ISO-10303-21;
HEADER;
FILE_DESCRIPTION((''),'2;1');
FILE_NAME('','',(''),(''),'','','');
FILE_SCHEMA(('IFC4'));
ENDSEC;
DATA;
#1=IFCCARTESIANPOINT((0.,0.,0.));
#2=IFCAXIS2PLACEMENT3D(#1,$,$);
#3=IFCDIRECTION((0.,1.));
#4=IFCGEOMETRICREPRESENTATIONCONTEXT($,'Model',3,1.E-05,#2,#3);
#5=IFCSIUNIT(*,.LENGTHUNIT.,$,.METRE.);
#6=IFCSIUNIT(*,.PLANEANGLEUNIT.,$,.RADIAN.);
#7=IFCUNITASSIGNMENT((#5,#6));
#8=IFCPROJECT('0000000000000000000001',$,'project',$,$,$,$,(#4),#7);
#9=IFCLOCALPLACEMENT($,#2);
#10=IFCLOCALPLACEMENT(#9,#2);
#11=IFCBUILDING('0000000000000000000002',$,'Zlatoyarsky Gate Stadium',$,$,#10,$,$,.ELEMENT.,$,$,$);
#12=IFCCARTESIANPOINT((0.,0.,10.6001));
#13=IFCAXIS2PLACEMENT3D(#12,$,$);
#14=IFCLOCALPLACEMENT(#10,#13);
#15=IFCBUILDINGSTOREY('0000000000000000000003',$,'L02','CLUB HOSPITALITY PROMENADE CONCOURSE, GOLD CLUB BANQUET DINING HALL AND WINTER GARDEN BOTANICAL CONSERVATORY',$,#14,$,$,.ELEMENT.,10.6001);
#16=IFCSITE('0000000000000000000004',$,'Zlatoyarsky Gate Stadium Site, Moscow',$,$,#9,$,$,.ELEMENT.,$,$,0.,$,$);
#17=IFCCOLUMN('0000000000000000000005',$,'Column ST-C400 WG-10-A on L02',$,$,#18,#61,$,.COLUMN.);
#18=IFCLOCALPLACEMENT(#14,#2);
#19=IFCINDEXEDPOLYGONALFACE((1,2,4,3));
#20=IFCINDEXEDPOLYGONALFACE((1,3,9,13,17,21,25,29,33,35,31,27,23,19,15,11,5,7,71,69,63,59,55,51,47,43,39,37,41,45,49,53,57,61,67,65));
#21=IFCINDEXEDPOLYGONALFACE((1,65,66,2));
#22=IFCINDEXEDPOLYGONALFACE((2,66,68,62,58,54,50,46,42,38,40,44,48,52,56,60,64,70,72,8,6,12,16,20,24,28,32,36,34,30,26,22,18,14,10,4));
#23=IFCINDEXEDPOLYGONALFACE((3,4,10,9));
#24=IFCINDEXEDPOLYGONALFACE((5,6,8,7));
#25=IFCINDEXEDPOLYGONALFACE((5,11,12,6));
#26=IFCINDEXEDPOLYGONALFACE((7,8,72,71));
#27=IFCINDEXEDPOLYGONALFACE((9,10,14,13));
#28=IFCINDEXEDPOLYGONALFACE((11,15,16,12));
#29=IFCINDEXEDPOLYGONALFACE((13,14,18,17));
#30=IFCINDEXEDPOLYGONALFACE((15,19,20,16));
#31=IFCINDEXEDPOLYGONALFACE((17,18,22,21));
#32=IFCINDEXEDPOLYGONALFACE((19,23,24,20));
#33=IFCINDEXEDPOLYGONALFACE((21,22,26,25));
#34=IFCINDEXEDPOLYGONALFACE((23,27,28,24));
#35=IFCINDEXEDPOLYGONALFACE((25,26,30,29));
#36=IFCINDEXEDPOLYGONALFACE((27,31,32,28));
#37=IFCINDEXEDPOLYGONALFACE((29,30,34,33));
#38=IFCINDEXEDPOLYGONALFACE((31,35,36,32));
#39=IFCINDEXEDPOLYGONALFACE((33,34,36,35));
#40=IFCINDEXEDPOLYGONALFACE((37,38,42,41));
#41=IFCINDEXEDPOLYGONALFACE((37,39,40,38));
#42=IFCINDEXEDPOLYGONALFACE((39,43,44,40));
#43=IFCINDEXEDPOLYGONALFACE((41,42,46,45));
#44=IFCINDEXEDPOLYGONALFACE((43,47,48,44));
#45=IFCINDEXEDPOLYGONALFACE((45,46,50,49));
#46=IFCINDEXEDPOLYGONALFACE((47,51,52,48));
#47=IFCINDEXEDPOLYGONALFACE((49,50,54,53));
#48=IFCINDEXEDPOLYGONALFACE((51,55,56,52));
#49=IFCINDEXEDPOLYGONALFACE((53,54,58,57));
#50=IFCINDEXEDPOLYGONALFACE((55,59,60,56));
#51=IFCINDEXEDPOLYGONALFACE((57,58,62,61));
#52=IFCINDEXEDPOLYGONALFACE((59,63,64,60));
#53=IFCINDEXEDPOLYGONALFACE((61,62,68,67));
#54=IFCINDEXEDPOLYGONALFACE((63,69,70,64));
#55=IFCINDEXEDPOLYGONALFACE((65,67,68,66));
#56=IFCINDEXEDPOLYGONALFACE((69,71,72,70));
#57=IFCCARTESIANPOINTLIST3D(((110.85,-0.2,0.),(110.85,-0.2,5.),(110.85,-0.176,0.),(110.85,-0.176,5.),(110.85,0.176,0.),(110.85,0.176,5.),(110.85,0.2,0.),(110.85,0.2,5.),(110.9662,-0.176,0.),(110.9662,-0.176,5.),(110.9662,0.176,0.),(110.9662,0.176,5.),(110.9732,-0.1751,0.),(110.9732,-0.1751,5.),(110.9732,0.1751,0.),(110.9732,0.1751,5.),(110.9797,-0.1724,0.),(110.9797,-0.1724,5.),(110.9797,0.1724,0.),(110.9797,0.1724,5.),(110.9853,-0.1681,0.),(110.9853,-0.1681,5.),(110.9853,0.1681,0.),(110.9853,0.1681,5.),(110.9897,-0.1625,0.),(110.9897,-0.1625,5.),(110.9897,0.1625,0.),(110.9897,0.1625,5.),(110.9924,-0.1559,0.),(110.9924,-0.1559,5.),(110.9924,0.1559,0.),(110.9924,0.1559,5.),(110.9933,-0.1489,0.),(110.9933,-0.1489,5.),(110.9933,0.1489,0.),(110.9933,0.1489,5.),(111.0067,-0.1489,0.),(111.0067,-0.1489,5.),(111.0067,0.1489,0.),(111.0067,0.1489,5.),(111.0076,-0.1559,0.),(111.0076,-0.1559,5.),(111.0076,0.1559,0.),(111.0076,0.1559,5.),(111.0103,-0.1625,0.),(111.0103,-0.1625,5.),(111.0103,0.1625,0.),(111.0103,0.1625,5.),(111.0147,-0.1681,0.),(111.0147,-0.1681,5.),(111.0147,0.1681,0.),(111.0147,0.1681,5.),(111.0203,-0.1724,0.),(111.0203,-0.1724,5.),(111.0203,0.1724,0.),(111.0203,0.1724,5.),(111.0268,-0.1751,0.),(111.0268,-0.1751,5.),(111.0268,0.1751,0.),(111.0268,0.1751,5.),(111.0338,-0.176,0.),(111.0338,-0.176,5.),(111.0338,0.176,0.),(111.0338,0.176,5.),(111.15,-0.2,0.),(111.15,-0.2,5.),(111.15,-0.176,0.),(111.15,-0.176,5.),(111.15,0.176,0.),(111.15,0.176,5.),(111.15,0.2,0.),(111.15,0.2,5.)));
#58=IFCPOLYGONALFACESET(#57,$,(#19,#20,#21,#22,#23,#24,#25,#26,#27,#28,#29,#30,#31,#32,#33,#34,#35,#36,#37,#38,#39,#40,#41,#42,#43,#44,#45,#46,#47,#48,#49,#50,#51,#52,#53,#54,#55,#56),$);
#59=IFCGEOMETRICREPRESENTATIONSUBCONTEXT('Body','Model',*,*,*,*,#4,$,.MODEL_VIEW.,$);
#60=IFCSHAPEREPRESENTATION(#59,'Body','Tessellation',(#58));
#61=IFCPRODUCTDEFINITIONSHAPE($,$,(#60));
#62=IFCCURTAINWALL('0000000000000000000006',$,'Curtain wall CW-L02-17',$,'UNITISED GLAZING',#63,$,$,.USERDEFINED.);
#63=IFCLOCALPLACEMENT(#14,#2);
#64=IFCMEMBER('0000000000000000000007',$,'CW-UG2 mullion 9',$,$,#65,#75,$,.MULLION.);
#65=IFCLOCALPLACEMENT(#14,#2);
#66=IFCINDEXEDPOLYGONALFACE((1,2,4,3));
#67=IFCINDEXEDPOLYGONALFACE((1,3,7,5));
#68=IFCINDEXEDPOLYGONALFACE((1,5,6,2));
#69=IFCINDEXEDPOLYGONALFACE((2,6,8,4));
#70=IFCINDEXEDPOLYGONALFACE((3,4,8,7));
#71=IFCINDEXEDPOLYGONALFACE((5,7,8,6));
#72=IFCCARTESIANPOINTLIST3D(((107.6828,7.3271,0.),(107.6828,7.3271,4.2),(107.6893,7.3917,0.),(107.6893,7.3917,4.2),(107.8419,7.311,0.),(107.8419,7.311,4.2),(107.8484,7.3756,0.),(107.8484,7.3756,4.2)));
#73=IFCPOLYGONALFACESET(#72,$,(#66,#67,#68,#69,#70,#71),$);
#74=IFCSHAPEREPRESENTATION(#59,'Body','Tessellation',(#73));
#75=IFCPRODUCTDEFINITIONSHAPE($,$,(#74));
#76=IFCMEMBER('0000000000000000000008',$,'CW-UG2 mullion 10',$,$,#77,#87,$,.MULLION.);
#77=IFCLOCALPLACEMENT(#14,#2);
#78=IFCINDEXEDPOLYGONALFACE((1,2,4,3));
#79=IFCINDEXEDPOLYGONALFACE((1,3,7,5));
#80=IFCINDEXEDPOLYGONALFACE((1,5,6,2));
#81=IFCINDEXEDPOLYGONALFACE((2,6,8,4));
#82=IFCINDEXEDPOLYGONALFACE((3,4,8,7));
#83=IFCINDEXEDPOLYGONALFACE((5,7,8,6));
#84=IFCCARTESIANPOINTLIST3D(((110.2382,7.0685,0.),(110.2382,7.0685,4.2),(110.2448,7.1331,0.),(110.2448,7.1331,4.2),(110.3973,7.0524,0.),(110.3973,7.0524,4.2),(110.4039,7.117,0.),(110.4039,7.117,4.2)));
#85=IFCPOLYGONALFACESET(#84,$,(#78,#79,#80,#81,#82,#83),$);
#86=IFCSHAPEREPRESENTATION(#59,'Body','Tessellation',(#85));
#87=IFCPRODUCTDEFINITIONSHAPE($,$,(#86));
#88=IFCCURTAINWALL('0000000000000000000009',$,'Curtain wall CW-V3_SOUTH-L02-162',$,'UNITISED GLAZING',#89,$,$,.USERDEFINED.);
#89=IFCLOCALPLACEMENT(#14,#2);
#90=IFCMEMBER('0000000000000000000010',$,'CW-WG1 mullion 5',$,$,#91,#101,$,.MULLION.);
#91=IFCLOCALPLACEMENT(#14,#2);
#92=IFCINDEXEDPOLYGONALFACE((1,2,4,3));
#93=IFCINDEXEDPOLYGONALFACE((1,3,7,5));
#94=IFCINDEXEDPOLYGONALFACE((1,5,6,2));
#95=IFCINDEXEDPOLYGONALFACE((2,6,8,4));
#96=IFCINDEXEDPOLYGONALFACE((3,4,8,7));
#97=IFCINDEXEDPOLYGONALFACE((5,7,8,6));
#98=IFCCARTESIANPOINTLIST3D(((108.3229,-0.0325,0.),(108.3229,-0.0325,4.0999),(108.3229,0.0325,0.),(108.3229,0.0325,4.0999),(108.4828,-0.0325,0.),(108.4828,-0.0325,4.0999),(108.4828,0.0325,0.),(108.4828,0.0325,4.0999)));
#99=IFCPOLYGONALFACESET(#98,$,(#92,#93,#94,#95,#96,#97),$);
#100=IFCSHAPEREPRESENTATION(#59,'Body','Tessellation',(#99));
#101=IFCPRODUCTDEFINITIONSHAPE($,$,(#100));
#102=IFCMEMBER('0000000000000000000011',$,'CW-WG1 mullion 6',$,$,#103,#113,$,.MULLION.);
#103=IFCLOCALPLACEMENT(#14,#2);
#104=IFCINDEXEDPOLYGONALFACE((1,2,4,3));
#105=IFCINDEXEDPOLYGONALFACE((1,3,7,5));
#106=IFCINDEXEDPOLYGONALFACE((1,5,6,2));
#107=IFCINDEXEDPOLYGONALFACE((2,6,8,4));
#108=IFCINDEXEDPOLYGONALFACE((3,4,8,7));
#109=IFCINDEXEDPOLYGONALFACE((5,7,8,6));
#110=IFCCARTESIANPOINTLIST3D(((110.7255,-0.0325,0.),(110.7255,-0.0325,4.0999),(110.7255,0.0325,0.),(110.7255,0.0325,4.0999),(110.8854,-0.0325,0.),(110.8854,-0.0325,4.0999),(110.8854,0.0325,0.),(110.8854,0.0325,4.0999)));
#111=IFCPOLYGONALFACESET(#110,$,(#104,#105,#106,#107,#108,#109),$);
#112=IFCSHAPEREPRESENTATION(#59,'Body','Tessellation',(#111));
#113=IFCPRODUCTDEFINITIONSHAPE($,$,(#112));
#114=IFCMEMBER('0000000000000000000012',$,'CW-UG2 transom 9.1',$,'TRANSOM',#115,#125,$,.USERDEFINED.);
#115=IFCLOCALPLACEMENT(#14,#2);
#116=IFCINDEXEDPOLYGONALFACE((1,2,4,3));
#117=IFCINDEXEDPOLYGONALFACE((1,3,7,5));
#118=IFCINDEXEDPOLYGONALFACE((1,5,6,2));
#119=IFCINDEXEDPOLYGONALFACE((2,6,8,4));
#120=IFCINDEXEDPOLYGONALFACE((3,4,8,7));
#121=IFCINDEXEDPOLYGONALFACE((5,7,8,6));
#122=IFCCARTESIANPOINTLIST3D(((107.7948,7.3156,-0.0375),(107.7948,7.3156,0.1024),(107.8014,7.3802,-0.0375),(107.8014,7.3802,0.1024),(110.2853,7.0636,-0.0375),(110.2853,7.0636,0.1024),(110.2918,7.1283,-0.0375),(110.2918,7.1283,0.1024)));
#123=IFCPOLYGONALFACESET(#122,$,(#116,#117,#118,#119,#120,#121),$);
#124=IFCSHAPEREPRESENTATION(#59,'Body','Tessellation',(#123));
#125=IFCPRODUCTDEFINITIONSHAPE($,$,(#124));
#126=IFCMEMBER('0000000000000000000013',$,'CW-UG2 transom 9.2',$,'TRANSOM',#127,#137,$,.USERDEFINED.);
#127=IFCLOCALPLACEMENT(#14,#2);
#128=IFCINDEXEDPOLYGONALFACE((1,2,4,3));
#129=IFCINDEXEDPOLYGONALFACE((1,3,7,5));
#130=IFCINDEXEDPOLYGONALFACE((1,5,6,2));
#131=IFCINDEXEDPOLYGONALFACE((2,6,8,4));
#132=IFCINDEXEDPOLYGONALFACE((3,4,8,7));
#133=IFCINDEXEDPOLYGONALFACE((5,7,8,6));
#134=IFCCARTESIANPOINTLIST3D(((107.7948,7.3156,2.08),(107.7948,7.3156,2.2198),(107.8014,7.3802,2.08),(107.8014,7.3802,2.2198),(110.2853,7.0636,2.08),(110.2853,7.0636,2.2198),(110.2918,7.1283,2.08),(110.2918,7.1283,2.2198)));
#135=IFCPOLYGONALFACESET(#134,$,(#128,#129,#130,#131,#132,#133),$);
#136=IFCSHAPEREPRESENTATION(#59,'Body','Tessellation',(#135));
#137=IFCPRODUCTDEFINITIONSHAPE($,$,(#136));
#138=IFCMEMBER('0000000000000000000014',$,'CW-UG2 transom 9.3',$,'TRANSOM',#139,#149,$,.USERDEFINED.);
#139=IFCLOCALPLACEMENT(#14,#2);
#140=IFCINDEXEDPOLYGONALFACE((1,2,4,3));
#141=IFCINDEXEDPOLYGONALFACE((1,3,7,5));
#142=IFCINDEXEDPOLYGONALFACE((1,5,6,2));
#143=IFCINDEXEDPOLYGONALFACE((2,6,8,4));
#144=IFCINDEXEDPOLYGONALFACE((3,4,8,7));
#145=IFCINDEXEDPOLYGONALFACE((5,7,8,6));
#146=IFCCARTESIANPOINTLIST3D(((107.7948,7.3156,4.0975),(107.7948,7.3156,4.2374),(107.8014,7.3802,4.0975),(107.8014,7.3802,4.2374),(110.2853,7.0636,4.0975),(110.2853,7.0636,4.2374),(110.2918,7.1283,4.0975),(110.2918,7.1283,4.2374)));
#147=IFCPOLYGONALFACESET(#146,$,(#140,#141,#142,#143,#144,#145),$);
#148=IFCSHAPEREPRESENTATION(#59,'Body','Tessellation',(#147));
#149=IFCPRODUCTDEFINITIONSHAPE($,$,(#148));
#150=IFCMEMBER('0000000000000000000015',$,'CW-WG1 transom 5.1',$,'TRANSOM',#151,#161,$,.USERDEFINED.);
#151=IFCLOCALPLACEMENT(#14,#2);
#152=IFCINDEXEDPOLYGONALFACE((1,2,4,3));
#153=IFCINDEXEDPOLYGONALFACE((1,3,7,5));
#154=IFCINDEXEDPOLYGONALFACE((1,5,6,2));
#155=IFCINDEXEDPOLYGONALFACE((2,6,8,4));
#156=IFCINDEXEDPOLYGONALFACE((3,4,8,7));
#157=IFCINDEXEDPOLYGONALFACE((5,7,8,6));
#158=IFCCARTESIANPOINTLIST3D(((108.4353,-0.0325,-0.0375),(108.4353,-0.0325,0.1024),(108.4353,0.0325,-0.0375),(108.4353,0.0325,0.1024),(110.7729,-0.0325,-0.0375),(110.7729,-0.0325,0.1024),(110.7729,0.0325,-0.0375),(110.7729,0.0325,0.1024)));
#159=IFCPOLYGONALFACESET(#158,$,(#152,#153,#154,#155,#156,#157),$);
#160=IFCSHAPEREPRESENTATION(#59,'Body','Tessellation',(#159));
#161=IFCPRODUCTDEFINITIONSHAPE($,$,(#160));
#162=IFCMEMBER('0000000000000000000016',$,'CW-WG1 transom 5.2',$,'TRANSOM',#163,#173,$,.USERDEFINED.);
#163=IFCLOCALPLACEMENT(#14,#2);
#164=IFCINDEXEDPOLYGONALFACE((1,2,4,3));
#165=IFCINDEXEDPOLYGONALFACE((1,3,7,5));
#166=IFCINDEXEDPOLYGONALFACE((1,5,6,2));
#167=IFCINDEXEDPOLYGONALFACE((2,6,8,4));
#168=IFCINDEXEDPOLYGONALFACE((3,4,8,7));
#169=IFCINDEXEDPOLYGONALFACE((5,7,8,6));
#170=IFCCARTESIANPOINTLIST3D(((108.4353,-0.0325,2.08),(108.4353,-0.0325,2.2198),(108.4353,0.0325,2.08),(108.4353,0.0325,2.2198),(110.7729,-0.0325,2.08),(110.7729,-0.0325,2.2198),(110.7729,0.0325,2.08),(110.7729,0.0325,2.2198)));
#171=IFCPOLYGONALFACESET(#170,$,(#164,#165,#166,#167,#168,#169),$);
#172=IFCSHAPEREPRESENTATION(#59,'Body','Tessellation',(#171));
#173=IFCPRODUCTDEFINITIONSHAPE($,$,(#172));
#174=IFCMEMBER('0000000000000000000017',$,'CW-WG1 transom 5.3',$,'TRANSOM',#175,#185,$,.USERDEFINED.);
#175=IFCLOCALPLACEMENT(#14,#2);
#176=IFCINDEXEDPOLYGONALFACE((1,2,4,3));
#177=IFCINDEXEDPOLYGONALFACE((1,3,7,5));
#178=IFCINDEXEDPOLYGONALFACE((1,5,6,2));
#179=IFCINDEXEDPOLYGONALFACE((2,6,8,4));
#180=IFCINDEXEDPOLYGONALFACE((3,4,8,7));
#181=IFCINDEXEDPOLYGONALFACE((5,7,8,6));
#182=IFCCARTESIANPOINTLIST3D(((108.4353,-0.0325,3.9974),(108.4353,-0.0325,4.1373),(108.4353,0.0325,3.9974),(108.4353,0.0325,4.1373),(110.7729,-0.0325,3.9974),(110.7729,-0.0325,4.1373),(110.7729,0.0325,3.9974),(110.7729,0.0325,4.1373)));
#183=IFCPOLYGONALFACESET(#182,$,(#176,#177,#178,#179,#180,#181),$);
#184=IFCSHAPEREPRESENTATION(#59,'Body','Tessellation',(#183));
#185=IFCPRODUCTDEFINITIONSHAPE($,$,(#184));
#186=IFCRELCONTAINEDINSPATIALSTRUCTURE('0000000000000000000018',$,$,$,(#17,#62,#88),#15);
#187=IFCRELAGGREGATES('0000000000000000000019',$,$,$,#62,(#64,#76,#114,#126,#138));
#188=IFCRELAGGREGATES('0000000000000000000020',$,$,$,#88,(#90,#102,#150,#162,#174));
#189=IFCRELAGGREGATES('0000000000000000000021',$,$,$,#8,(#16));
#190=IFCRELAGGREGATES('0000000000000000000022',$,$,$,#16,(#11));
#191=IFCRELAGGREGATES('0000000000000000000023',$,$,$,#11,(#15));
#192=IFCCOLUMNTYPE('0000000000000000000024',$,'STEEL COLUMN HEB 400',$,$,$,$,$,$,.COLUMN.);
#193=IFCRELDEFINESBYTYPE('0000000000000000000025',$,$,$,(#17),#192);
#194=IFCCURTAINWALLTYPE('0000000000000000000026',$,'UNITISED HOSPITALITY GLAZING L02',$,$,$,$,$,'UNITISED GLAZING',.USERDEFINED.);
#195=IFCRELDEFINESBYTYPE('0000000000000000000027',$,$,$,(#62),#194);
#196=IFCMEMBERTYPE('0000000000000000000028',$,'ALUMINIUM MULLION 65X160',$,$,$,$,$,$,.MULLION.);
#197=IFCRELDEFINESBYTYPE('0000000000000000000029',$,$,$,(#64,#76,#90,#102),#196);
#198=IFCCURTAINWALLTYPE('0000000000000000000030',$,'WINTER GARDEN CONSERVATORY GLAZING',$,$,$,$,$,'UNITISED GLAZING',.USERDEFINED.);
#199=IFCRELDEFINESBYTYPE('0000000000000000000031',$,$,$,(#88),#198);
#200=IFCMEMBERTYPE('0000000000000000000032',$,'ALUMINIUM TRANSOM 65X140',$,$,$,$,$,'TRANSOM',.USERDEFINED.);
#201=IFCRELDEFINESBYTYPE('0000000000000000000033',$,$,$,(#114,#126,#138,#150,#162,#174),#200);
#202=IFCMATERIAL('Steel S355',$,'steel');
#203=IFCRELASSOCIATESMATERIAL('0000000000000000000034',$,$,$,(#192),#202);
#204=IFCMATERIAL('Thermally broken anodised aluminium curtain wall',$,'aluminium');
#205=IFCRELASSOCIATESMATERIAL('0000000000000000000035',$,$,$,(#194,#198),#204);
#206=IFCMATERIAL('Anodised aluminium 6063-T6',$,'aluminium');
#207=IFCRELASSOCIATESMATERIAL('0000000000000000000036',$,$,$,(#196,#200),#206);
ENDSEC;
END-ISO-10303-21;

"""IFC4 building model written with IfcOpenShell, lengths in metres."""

from ifc_helpers import new_model, si_unit, direction, frame, origin, origin_2d, place, context, subcontext, project, spatial, rectangle, i_section, extrude, material, material_profile, profile_set, type_object, element, aggregate, save


model = new_model("IFC4")

# Units and contexts
model_context = context("Model", 3, precision=1e-05, world=origin(), true_north=direction((0.0, 1.0)))
body_context = subcontext(model_context, "Body", "Model", "MODEL_VIEW")
ifc_project = project(units=[si_unit("LENGTHUNIT", "METRE"), si_unit("PLANEANGLEUNIT", "RADIAN")], contexts=[model_context])

# Site, building, storey
site_placement = place(None, origin())
site = spatial("IfcSite", under=ifc_project, at=site_placement, Name="Zlatoyarsky Gate Stadium Site, Moscow", CompositionType="ELEMENT", RefElevation=0.0)
building_placement = place(site_placement, origin())
building = spatial("IfcBuilding", under=site, at=building_placement, Name="Zlatoyarsky Gate Stadium", CompositionType="ELEMENT")
storey_placement = place(building_placement, frame((0.0, 0.0, 10.6001)))
storey = spatial("IfcBuildingStorey", under=building, at=storey_placement, Name="L02", Description="CLUB HOSPITALITY PROMENADE CONCOURSE, GOLD CLUB BANQUET DINING HALL AND WINTER GARDEN BOTANICAL CONSERVATORY", CompositionType="ELEMENT", Elevation=10.6001)

# Column
ifc_material_1 = material(Name="Steel S355", Category="steel")
ifc_material_profile_1 = material_profile(ifc_material_1, i_section(OverallWidth=0.3, OverallDepth=0.3999, WebThickness=0.0134, FlangeThickness=0.0239, FilletRadius=0.0271, at=origin_2d()), Name="HEB 400")
ifc_profile_set_1 = profile_set([ifc_material_profile_1], Name="Steel S355")
column_type = type_object("IfcColumnType", Name="STEEL COLUMN HEB 400", PredefinedType="COLUMN", material=ifc_profile_set_1)
column_placement = place(storey_placement, frame((111.0, 0.0, 0.0), z_axis=(0.0, 0.0, 1.0), x_axis=(1.0, 0.0, 0.0)))
element("IfcColumn", 1, at=column_placement, inside=storey, type_object=column_type, Name="Column ST-C400 WG-10-A on L02", PredefinedType="COLUMN", context=body_context, shape_type="SweptSolid", body=[
    extrude(i_section(OverallWidth=0.3, OverallDepth=0.3999, WebThickness=0.0134, FlangeThickness=0.0239, FilletRadius=0.0271, at=origin_2d()), origin(), (0.0, 0.0, 1.0), 5.0),
])

# Curtain walls, members
ifc_material_2 = material(Name="Thermally broken anodised aluminium curtain wall", Category="aluminium")
curtain_wall_type_1 = type_object("IfcCurtainWallType", Name="UNITISED HOSPITALITY GLAZING L02", ElementType="UNITISED GLAZING", PredefinedType="USERDEFINED", material=ifc_material_2)
curtain_wall_1_placement = place(storey_placement, origin())
curtain_wall_1 = element("IfcCurtainWall", 2, at=curtain_wall_1_placement, inside=storey, type_object=curtain_wall_type_1, Name="Curtain wall CW-L02-17", ObjectType="UNITISED GLAZING", PredefinedType="USERDEFINED")
ifc_material_3 = material(Name="Anodised aluminium 6063-T6", Category="aluminium")
ifc_material_profile_2 = material_profile(ifc_material_3, rectangle(XDim=0.0649, YDim=0.1599, at=origin_2d()), Name="ALU 65X160")
ifc_profile_set_2 = profile_set([ifc_material_profile_2], Name="Anodised aluminium 6063-T6")
member_type_1 = type_object("IfcMemberType", Name="ALUMINIUM MULLION 65X160", PredefinedType="MULLION", material=ifc_profile_set_2)
member_1_placement = place(storey_placement, frame((107.7656, 7.3513, 0.0), z_axis=(0.0, 0.0, 1.0), x_axis=(0.100645, 0.994922, 0.0)))
member_1 = element("IfcMember", 3, at=member_1_placement, type_object=member_type_1, Name="CW-UG2 mullion 9", PredefinedType="MULLION", context=body_context, shape_type="SweptSolid", body=[
    extrude(rectangle(XDim=0.0649, YDim=0.1599, at=origin_2d()), origin(), (0.0, 0.0, 1.0), 4.2),
])
member_2_placement = place(storey_placement, frame((110.321, 7.0928, 0.0), z_axis=(0.0, 0.0, 1.0), x_axis=(0.100645, 0.994922, 0.0)))
member_2 = element("IfcMember", 4, at=member_2_placement, type_object=member_type_1, Name="CW-UG2 mullion 10", PredefinedType="MULLION", context=body_context, shape_type="SweptSolid", body=[
    extrude(rectangle(XDim=0.0649, YDim=0.1599, at=origin_2d()), origin(), (0.0, 0.0, 1.0), 4.2),
])
curtain_wall_type_2 = type_object("IfcCurtainWallType", Name="WINTER GARDEN CONSERVATORY GLAZING", ElementType="UNITISED GLAZING", PredefinedType="USERDEFINED", material=ifc_material_2)
curtain_wall_2_placement = place(storey_placement, origin())
curtain_wall_2 = element("IfcCurtainWall", 5, at=curtain_wall_2_placement, inside=storey, type_object=curtain_wall_type_2, Name="Curtain wall CW-V3_SOUTH-L02-162", ObjectType="UNITISED GLAZING", PredefinedType="USERDEFINED")
member_3_placement = place(storey_placement, frame((108.4028, 0.0, 0.0), z_axis=(0.0, 0.0, 1.0), x_axis=(0.0, 1.0, 0.0)))
member_3 = element("IfcMember", 6, at=member_3_placement, type_object=member_type_1, Name="CW-WG1 mullion 5", PredefinedType="MULLION", context=body_context, shape_type="SweptSolid", body=[
    extrude(rectangle(XDim=0.0649, YDim=0.1599, at=origin_2d()), origin(), (0.0, 0.0, 1.0), 4.0999),
])
member_4_placement = place(storey_placement, frame((110.8054, 0.0, 0.0), z_axis=(0.0, 0.0, 1.0), x_axis=(0.0, 1.0, 0.0)))
member_4 = element("IfcMember", 7, at=member_4_placement, type_object=member_type_1, Name="CW-WG1 mullion 6", PredefinedType="MULLION", context=body_context, shape_type="SweptSolid", body=[
    extrude(rectangle(XDim=0.0649, YDim=0.1599, at=origin_2d()), origin(), (0.0, 0.0, 1.0), 4.0999),
])

# Members
ifc_material_profile_3 = material_profile(ifc_material_3, rectangle(XDim=0.0649, YDim=0.1399, at=origin_2d()), Name="ALU 65X140")
ifc_profile_set_3 = profile_set([ifc_material_profile_3], Name="Anodised aluminium 6063-T6")
member_type_2 = type_object("IfcMemberType", Name="ALUMINIUM TRANSOM 65X140", ElementType="TRANSOM", PredefinedType="USERDEFINED", material=ifc_profile_set_3)
member_5_placement = place(storey_placement, frame((107.7981, 7.3479, 0.0325), z_axis=(0.994922, -0.100653, 0.0), x_axis=(0.100653, 0.994922, 0.0)))
member_5 = element("IfcMember", 8, at=member_5_placement, type_object=member_type_2, Name="CW-UG2 transom 9.1", ObjectType="TRANSOM", PredefinedType="USERDEFINED", context=body_context, shape_type="SweptSolid", body=[
    extrude(rectangle(XDim=0.0649, YDim=0.1399, at=origin_2d()), origin(), (0.0, 0.0, 1.0), 2.5032),
])
member_6_placement = place(storey_placement, frame((107.7981, 7.3479, 2.1499), z_axis=(0.994922, -0.100653, 0.0), x_axis=(0.100653, 0.994922, 0.0)))
member_6 = element("IfcMember", 9, at=member_6_placement, type_object=member_type_2, Name="CW-UG2 transom 9.2", ObjectType="TRANSOM", PredefinedType="USERDEFINED", context=body_context, shape_type="SweptSolid", body=[
    extrude(rectangle(XDim=0.0649, YDim=0.1399, at=origin_2d()), origin(), (0.0, 0.0, 1.0), 2.5032),
])
member_7_placement = place(storey_placement, frame((107.7981, 7.3479, 4.1675), z_axis=(0.994922, -0.100653, 0.0), x_axis=(0.100653, 0.994922, 0.0)))
member_7 = element("IfcMember", 10, at=member_7_placement, type_object=member_type_2, Name="CW-UG2 transom 9.3", ObjectType="TRANSOM", PredefinedType="USERDEFINED", context=body_context, shape_type="SweptSolid", body=[
    extrude(rectangle(XDim=0.0649, YDim=0.1399, at=origin_2d()), origin(), (0.0, 0.0, 1.0), 2.5032),
])
member_8_placement = place(storey_placement, frame((108.4353, 0.0, 0.0325), z_axis=(1.0, 0.0, 0.0), x_axis=(0.0, 1.0, 0.0)))
member_8 = element("IfcMember", 11, at=member_8_placement, type_object=member_type_2, Name="CW-WG1 transom 5.1", ObjectType="TRANSOM", PredefinedType="USERDEFINED", context=body_context, shape_type="SweptSolid", body=[
    extrude(rectangle(XDim=0.0649, YDim=0.1399, at=origin_2d()), origin(), (0.0, 0.0, 1.0), 2.3376),
])
member_9_placement = place(storey_placement, frame((108.4353, 0.0, 2.1499), z_axis=(1.0, 0.0, 0.0), x_axis=(0.0, 1.0, 0.0)))
member_9 = element("IfcMember", 12, at=member_9_placement, type_object=member_type_2, Name="CW-WG1 transom 5.2", ObjectType="TRANSOM", PredefinedType="USERDEFINED", context=body_context, shape_type="SweptSolid", body=[
    extrude(rectangle(XDim=0.0649, YDim=0.1399, at=origin_2d()), origin(), (0.0, 0.0, 1.0), 2.3376),
])
member_10_placement = place(storey_placement, frame((108.4353, 0.0, 4.0674), z_axis=(1.0, 0.0, 0.0), x_axis=(0.0, 1.0, 0.0)))
member_10 = element("IfcMember", 13, at=member_10_placement, type_object=member_type_2, Name="CW-WG1 transom 5.3", ObjectType="TRANSOM", PredefinedType="USERDEFINED", context=body_context, shape_type="SweptSolid", body=[
    extrude(rectangle(XDim=0.0649, YDim=0.1399, at=origin_2d()), origin(), (0.0, 0.0, 1.0), 2.3376),
])

aggregate(curtain_wall_1, [member_1, member_2, member_5, member_6, member_7])
aggregate(curtain_wall_2, [member_3, member_4, member_8, member_9, member_10])

save(model, "model.ifc")
